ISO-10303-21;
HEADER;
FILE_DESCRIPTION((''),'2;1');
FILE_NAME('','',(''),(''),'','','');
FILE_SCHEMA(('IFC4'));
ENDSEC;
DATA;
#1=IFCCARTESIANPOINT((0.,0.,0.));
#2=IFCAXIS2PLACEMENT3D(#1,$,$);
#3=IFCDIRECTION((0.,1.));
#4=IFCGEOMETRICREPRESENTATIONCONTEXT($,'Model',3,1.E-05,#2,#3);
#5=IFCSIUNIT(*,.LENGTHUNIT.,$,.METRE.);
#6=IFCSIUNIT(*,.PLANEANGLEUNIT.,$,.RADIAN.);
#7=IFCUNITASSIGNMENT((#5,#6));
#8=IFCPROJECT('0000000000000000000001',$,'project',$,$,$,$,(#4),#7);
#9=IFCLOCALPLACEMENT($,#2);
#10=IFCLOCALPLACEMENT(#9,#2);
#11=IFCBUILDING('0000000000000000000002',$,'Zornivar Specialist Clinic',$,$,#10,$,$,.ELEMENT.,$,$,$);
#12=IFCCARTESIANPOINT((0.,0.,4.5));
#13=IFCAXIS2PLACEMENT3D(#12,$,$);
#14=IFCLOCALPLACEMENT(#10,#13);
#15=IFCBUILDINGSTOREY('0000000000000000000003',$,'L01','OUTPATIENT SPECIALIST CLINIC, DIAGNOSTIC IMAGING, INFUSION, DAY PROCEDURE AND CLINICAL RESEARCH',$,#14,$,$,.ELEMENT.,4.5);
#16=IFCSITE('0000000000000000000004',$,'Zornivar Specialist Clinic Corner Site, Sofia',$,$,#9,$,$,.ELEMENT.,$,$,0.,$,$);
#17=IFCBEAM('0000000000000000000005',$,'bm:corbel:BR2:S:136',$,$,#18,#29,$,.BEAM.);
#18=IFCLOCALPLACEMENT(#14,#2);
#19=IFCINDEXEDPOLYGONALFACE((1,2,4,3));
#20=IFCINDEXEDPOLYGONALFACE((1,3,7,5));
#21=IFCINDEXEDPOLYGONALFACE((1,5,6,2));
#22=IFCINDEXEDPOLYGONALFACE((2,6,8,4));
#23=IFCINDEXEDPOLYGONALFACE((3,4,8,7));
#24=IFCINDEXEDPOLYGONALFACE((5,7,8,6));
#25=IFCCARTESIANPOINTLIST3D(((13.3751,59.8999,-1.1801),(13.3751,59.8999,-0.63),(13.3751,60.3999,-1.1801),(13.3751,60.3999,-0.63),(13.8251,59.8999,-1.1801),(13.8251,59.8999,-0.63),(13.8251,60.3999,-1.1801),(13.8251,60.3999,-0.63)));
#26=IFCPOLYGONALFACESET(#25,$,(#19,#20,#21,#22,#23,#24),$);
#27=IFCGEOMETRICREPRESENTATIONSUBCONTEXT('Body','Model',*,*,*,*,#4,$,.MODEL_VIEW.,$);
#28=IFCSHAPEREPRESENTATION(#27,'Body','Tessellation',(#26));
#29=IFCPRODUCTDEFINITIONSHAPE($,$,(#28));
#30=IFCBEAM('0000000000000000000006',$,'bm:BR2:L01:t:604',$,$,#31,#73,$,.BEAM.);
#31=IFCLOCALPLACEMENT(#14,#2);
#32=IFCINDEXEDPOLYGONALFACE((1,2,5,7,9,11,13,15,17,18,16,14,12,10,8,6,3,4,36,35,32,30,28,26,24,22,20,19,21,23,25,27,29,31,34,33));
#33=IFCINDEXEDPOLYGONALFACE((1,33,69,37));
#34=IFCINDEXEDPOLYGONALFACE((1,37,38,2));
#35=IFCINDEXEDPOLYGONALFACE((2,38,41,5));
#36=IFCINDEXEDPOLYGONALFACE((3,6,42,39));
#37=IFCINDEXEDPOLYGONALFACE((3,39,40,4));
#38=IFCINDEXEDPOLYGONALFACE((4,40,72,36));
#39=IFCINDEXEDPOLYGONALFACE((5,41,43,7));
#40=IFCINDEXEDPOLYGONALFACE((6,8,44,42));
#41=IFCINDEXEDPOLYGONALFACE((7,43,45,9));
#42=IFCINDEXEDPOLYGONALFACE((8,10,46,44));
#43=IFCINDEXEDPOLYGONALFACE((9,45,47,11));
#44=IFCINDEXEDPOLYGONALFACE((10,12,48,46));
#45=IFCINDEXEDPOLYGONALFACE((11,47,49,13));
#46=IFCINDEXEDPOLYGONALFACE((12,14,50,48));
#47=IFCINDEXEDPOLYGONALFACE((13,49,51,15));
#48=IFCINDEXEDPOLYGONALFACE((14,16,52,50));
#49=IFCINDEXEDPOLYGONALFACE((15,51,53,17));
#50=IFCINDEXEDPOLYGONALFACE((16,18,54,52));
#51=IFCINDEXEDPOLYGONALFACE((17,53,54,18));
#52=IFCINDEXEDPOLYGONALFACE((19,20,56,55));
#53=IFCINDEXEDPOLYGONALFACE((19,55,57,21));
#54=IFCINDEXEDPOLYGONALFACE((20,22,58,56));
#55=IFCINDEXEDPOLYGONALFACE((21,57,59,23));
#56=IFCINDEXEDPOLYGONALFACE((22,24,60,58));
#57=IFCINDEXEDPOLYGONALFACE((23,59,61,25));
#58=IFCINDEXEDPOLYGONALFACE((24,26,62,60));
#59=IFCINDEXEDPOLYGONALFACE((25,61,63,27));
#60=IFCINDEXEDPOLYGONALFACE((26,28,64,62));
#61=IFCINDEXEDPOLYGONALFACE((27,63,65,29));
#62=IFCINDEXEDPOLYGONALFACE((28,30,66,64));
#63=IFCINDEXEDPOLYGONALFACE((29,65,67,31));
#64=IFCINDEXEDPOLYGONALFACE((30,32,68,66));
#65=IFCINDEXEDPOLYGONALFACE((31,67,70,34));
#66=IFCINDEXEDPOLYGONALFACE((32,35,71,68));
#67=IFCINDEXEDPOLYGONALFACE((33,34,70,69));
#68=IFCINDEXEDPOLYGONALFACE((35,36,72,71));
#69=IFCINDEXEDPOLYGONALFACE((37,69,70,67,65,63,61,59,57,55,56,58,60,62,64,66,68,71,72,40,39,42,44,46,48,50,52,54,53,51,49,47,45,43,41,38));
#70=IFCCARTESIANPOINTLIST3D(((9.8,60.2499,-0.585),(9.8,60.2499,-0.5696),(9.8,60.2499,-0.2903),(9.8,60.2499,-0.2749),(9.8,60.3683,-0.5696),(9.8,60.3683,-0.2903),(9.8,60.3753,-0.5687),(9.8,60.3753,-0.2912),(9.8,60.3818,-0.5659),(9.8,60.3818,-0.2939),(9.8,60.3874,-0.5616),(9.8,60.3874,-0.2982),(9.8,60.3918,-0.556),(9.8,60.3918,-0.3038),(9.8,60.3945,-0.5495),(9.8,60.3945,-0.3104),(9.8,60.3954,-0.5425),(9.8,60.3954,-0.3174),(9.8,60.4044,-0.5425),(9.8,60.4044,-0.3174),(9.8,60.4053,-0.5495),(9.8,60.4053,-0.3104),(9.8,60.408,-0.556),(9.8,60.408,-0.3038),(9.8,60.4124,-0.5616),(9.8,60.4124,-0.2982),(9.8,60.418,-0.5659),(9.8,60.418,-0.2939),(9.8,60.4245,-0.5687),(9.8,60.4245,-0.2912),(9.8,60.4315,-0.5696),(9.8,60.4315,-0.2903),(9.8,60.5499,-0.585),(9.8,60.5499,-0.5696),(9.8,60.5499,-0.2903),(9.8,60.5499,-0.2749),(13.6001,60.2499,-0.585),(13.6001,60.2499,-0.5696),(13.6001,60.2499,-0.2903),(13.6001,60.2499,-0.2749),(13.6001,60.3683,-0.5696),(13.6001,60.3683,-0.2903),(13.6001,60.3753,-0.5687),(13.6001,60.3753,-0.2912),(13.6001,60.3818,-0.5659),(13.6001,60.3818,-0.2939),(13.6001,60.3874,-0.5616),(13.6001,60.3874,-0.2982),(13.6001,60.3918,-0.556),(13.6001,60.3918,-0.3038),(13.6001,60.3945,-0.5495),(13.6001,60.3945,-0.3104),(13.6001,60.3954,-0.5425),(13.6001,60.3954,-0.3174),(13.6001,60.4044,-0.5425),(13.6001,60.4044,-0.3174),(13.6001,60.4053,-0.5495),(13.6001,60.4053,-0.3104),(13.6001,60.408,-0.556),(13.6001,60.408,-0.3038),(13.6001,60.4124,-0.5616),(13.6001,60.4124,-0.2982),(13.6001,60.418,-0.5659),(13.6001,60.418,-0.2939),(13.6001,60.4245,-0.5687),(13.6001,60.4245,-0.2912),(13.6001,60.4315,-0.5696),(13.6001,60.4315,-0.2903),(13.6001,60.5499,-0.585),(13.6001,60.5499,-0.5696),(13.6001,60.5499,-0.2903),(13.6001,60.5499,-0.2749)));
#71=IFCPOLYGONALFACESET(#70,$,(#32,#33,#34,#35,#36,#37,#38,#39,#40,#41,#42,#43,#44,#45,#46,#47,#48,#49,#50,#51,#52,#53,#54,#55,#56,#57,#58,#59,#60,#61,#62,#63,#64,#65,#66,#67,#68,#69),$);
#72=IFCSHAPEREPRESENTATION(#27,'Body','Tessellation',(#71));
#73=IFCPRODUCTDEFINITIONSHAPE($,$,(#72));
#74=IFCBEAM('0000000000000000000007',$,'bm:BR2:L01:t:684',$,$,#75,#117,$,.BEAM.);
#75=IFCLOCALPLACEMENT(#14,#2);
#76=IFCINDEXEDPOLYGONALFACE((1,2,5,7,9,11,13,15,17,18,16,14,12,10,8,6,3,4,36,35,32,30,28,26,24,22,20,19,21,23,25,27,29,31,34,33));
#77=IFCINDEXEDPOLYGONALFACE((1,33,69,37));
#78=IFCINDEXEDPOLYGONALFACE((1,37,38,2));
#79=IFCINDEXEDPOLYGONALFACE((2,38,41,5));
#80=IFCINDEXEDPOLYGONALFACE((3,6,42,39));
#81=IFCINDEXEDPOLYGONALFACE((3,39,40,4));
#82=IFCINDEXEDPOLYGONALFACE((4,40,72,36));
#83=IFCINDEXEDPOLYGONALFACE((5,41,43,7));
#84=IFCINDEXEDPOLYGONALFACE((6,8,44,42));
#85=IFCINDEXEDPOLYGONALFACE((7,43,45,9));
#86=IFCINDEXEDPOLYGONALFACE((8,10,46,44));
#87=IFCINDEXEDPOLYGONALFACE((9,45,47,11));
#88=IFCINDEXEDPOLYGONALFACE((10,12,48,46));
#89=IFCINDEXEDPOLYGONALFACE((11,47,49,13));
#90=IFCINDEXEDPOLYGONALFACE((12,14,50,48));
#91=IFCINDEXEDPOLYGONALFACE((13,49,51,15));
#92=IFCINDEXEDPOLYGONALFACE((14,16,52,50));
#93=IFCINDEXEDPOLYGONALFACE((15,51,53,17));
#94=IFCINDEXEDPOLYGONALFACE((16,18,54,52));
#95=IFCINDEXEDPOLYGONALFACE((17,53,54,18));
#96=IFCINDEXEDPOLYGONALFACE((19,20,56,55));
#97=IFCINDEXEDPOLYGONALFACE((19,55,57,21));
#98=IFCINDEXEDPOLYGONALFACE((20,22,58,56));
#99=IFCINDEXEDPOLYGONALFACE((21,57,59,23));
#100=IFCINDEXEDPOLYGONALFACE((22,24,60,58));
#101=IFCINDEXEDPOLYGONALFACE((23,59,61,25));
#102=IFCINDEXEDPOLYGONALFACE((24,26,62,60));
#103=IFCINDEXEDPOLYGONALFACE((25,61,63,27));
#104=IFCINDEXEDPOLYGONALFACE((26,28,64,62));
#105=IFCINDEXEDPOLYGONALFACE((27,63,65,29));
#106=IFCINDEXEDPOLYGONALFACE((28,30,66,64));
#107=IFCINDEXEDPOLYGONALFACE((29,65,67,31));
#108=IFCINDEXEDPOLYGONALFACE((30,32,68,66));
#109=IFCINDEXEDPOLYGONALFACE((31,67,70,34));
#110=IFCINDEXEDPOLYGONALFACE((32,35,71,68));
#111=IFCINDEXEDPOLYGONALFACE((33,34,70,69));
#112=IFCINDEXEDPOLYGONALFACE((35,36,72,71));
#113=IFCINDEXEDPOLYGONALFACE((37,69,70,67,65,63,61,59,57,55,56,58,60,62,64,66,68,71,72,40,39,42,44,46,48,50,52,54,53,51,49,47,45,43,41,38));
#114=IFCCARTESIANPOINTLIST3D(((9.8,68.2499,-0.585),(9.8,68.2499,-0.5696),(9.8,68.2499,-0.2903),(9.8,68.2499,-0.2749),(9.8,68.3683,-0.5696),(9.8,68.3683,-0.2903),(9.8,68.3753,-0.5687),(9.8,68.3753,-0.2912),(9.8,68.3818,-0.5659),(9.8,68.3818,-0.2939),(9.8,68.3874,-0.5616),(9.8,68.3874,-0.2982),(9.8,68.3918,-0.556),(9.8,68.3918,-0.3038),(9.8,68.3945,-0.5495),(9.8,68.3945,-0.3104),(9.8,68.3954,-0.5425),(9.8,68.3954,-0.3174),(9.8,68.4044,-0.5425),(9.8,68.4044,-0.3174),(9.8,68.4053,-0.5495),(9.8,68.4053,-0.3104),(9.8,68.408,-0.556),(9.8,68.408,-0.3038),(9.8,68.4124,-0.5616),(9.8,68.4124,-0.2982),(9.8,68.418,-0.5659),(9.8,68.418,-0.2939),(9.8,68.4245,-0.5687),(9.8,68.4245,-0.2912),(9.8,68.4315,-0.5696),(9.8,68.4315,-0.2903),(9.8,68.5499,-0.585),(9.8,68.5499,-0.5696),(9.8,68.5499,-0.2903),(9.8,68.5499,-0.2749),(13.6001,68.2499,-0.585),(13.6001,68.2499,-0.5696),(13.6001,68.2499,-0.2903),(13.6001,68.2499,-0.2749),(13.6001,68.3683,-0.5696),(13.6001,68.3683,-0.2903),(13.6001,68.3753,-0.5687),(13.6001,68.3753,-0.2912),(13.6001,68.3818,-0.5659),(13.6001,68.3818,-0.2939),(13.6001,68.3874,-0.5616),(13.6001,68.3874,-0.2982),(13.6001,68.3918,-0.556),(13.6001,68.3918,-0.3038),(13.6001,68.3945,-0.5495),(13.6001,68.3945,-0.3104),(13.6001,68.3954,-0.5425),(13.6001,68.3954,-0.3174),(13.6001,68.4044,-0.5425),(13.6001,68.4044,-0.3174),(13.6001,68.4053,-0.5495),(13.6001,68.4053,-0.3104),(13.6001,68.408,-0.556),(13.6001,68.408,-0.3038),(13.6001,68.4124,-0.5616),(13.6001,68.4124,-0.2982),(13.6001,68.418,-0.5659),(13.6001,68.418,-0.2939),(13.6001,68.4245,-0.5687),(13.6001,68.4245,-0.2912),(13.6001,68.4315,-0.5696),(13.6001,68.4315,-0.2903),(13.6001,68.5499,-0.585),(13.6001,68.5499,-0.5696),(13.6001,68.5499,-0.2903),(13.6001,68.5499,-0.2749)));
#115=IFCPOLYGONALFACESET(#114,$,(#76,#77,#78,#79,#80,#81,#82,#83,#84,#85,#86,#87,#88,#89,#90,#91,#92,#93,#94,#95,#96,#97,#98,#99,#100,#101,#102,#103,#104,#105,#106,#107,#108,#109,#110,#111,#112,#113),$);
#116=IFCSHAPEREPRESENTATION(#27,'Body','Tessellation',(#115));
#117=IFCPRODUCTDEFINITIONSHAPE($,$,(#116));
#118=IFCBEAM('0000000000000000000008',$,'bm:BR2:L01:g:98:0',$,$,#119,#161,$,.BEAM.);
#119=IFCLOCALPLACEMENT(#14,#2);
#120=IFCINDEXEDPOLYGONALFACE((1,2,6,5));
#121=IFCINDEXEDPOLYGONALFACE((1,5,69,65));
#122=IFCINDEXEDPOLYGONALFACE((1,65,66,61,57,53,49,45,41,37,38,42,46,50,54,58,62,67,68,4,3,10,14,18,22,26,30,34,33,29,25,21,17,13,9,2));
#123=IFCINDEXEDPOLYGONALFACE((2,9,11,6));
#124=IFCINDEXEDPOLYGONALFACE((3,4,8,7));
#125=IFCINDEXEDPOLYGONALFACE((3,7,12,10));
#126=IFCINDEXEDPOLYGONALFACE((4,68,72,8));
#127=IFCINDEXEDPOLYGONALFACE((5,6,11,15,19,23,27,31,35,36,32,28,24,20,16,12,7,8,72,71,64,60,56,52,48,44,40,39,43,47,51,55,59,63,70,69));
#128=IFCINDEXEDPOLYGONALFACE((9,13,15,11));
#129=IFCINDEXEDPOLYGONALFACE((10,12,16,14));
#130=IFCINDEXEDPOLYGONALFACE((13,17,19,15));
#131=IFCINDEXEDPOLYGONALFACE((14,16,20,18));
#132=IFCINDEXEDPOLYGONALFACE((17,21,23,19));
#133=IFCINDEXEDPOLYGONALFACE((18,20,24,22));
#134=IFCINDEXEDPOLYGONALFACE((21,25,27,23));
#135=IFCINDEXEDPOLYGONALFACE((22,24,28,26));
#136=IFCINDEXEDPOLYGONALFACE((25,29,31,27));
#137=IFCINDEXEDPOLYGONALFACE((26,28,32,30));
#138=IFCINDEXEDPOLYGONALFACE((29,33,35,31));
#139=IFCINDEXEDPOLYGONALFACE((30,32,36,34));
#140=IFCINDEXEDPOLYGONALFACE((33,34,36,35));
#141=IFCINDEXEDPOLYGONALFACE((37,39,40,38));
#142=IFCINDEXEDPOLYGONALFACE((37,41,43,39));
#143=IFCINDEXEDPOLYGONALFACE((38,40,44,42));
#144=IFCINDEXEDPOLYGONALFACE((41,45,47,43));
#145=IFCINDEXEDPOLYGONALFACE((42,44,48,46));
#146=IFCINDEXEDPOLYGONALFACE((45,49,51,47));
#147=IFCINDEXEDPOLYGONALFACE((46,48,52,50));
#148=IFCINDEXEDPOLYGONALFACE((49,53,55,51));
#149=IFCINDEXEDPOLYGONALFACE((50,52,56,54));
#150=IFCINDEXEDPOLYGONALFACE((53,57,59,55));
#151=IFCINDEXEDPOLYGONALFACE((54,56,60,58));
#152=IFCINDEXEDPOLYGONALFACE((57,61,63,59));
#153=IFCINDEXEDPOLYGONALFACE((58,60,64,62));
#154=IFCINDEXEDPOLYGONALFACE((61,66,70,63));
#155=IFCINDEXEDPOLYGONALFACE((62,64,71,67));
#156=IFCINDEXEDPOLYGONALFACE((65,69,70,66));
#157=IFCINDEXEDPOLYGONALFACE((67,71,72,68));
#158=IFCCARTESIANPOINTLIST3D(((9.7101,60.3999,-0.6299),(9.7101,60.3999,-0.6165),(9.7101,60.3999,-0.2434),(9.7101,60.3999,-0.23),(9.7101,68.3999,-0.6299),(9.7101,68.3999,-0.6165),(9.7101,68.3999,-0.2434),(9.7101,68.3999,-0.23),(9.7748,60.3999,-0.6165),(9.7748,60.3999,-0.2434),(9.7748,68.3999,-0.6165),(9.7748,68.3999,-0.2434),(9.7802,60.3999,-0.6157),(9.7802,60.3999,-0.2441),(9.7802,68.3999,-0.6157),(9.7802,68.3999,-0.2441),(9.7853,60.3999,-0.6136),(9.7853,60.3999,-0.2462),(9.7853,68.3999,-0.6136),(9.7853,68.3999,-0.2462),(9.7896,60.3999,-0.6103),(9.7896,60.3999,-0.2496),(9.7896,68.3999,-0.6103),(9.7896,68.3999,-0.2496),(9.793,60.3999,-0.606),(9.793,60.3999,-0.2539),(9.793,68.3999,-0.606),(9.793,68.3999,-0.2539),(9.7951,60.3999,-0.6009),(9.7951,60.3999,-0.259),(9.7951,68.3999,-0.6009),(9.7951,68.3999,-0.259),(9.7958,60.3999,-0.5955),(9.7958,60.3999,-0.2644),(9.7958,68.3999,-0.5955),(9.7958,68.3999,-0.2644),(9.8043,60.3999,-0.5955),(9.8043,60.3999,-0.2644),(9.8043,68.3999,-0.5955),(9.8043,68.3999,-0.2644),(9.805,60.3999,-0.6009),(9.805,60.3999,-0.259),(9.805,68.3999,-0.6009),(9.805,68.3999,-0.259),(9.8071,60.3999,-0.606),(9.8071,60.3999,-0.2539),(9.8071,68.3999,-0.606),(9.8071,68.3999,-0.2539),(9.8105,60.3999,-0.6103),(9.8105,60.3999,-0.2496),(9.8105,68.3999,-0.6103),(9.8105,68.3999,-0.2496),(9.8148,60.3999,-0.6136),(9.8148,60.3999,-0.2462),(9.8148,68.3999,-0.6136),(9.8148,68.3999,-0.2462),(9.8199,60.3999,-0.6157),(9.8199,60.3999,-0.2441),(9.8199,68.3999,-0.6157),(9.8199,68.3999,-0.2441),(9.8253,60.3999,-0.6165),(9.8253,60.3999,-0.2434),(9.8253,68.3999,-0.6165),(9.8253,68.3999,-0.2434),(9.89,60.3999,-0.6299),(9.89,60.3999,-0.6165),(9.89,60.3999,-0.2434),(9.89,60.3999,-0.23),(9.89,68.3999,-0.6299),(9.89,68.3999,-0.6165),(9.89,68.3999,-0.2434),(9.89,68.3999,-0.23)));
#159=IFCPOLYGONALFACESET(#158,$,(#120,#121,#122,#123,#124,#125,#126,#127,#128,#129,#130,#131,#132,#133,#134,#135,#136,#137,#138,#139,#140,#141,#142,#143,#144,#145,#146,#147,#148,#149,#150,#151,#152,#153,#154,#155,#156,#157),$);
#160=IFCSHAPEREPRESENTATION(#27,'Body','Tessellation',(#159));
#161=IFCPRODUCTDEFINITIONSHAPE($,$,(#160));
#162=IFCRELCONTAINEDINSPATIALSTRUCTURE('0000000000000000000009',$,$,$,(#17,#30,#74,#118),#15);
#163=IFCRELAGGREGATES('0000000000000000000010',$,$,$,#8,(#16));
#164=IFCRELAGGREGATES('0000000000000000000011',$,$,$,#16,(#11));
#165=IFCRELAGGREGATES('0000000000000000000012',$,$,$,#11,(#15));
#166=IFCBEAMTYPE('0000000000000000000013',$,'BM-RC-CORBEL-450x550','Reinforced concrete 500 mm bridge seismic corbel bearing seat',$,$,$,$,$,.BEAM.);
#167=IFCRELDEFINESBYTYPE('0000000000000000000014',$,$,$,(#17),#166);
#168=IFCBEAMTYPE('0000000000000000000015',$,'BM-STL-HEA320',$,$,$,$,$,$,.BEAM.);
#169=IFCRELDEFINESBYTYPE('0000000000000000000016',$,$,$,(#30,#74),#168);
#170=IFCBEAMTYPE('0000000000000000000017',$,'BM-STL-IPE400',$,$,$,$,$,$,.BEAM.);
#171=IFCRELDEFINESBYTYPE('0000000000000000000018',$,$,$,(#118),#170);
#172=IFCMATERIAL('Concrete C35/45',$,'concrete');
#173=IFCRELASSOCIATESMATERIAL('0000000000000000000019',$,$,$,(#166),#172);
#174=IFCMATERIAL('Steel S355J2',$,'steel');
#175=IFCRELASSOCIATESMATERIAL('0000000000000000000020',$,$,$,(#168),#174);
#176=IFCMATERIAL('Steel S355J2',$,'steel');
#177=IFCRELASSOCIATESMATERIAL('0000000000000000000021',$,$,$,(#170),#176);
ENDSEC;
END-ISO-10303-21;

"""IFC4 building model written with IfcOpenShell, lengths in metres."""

from ifc_helpers import new_model, si_unit, direction, frame, origin, origin_2d, place, context, subcontext, project, spatial, rectangle, i_section, extrude, material, material_profile, profile_set, type_object, element, save


model = new_model("IFC4")

# Units and contexts
model_context = context("Model", 3, precision=1e-05, world=origin(), true_north=direction((0.0, 1.0)))
body_context = subcontext(model_context, "Body", "Model", "MODEL_VIEW")
ifc_project = project(units=[si_unit("LENGTHUNIT", "METRE"), si_unit("PLANEANGLEUNIT", "RADIAN")], contexts=[model_context])

# Site, building, storey
site_placement = place(None, origin())
site = spatial("IfcSite", under=ifc_project, at=site_placement, Name="Zornivar Specialist Clinic Corner Site, Sofia", CompositionType="ELEMENT", RefElevation=0.0)
building_placement = place(site_placement, origin())
building = spatial("IfcBuilding", under=site, at=building_placement, Name="Zornivar Specialist Clinic", CompositionType="ELEMENT")
storey_placement = place(building_placement, frame((0.0, 0.0, 4.5)))
storey = spatial("IfcBuildingStorey", under=building, at=storey_placement, Name="L01", Description="OUTPATIENT SPECIALIST CLINIC, DIAGNOSTIC IMAGING, INFUSION, DAY PROCEDURE AND CLINICAL RESEARCH", CompositionType="ELEMENT", Elevation=4.5)

# Beams
ifc_material_1 = material(Name="Concrete C35/45", Category="concrete")
ifc_material_profile_1 = material_profile(ifc_material_1, rectangle(XDim=0.45, YDim=0.55, at=origin_2d()), Name="RC 450x550")
ifc_profile_set_1 = profile_set([ifc_material_profile_1], Name="Concrete C35/45")
beam_type_1 = type_object("IfcBeamType", Name="BM-RC-CORBEL-450x550", Description="Reinforced concrete 500 mm bridge seismic corbel bearing seat", PredefinedType="BEAM", material=ifc_profile_set_1)
for number, where, z_axis, x_axis, name in (
    (1, (13.6001, 60.3999, -0.905), (0.0, -1.0, 0.0), (1.0, 0.0, 0.0), "bm:corbel:BR2:S:136"),
):
    element("IfcBeam", number, at=place(storey_placement, frame(where, z_axis=z_axis, x_axis=x_axis)), inside=storey, type_object=beam_type_1, Name=name, PredefinedType="BEAM", context=body_context, shape_type="SweptSolid", body=[
        extrude(rectangle(XDim=0.45, YDim=0.55, at=origin_2d()), origin(), (0.0, 0.0, 1.0), 0.5),
    ])
ifc_material_2 = material(Name="Steel S355J2", Category="steel")
ifc_material_profile_2 = material_profile(ifc_material_2, i_section(OverallWidth=0.3, OverallDepth=0.3101, WebThickness=0.009, FlangeThickness=0.0154, FilletRadius=0.0271, at=origin_2d()), Name="HEA 320")
ifc_profile_set_2 = profile_set([ifc_material_profile_2], Name="Steel S355J2")
beam_type_2 = type_object("IfcBeamType", Name="BM-STL-HEA320", PredefinedType="BEAM", material=ifc_profile_set_2)
for number, where, z_axis, x_axis, name in (
    (2, (9.8, 60.3999, -0.4299), (1.0, 0.0, 0.0), (0.0, 1.0, 0.0), "bm:BR2:L01:t:604"),
    (3, (9.8, 68.3999, -0.4299), (1.0, 0.0, 0.0), (0.0, 1.0, 0.0), "bm:BR2:L01:t:684"),
):
    element("IfcBeam", number, at=place(storey_placement, frame(where, z_axis=z_axis, x_axis=x_axis)), inside=storey, type_object=beam_type_2, Name=name, PredefinedType="BEAM", context=body_context, shape_type="SweptSolid", body=[
        extrude(i_section(OverallWidth=0.3, OverallDepth=0.3101, WebThickness=0.009, FlangeThickness=0.0154, FilletRadius=0.0271, at=origin_2d()), origin(), (0.0, 0.0, 1.0), 3.8),
    ])
ifc_material_3 = material(Name="Steel S355J2", Category="steel")
ifc_material_profile_3 = material_profile(ifc_material_3, i_section(OverallWidth=0.1799, OverallDepth=0.3999, WebThickness=0.0085, FlangeThickness=0.0134, FilletRadius=0.021, at=origin_2d()), Name="IPE 400")
ifc_profile_set_3 = profile_set([ifc_material_profile_3], Name="Steel S355J2")
beam_type_3 = type_object("IfcBeamType", Name="BM-STL-IPE400", PredefinedType="BEAM", material=ifc_profile_set_3)
for number, where, z_axis, x_axis, name in (
    (4, (9.8, 60.3999, -0.4299), (0.0, 1.0, 0.0), (-1.0, 0.0, 0.0), "bm:BR2:L01:g:98:0"),
):
    element("IfcBeam", number, at=place(storey_placement, frame(where, z_axis=z_axis, x_axis=x_axis)), inside=storey, type_object=beam_type_3, Name=name, PredefinedType="BEAM", context=body_context, shape_type="SweptSolid", body=[
        extrude(i_section(OverallWidth=0.1799, OverallDepth=0.3999, WebThickness=0.0085, FlangeThickness=0.0134, FilletRadius=0.021, at=origin_2d()), origin(), (0.0, 0.0, 1.0), 8.0),
    ])

save(model, "model.ifc")
